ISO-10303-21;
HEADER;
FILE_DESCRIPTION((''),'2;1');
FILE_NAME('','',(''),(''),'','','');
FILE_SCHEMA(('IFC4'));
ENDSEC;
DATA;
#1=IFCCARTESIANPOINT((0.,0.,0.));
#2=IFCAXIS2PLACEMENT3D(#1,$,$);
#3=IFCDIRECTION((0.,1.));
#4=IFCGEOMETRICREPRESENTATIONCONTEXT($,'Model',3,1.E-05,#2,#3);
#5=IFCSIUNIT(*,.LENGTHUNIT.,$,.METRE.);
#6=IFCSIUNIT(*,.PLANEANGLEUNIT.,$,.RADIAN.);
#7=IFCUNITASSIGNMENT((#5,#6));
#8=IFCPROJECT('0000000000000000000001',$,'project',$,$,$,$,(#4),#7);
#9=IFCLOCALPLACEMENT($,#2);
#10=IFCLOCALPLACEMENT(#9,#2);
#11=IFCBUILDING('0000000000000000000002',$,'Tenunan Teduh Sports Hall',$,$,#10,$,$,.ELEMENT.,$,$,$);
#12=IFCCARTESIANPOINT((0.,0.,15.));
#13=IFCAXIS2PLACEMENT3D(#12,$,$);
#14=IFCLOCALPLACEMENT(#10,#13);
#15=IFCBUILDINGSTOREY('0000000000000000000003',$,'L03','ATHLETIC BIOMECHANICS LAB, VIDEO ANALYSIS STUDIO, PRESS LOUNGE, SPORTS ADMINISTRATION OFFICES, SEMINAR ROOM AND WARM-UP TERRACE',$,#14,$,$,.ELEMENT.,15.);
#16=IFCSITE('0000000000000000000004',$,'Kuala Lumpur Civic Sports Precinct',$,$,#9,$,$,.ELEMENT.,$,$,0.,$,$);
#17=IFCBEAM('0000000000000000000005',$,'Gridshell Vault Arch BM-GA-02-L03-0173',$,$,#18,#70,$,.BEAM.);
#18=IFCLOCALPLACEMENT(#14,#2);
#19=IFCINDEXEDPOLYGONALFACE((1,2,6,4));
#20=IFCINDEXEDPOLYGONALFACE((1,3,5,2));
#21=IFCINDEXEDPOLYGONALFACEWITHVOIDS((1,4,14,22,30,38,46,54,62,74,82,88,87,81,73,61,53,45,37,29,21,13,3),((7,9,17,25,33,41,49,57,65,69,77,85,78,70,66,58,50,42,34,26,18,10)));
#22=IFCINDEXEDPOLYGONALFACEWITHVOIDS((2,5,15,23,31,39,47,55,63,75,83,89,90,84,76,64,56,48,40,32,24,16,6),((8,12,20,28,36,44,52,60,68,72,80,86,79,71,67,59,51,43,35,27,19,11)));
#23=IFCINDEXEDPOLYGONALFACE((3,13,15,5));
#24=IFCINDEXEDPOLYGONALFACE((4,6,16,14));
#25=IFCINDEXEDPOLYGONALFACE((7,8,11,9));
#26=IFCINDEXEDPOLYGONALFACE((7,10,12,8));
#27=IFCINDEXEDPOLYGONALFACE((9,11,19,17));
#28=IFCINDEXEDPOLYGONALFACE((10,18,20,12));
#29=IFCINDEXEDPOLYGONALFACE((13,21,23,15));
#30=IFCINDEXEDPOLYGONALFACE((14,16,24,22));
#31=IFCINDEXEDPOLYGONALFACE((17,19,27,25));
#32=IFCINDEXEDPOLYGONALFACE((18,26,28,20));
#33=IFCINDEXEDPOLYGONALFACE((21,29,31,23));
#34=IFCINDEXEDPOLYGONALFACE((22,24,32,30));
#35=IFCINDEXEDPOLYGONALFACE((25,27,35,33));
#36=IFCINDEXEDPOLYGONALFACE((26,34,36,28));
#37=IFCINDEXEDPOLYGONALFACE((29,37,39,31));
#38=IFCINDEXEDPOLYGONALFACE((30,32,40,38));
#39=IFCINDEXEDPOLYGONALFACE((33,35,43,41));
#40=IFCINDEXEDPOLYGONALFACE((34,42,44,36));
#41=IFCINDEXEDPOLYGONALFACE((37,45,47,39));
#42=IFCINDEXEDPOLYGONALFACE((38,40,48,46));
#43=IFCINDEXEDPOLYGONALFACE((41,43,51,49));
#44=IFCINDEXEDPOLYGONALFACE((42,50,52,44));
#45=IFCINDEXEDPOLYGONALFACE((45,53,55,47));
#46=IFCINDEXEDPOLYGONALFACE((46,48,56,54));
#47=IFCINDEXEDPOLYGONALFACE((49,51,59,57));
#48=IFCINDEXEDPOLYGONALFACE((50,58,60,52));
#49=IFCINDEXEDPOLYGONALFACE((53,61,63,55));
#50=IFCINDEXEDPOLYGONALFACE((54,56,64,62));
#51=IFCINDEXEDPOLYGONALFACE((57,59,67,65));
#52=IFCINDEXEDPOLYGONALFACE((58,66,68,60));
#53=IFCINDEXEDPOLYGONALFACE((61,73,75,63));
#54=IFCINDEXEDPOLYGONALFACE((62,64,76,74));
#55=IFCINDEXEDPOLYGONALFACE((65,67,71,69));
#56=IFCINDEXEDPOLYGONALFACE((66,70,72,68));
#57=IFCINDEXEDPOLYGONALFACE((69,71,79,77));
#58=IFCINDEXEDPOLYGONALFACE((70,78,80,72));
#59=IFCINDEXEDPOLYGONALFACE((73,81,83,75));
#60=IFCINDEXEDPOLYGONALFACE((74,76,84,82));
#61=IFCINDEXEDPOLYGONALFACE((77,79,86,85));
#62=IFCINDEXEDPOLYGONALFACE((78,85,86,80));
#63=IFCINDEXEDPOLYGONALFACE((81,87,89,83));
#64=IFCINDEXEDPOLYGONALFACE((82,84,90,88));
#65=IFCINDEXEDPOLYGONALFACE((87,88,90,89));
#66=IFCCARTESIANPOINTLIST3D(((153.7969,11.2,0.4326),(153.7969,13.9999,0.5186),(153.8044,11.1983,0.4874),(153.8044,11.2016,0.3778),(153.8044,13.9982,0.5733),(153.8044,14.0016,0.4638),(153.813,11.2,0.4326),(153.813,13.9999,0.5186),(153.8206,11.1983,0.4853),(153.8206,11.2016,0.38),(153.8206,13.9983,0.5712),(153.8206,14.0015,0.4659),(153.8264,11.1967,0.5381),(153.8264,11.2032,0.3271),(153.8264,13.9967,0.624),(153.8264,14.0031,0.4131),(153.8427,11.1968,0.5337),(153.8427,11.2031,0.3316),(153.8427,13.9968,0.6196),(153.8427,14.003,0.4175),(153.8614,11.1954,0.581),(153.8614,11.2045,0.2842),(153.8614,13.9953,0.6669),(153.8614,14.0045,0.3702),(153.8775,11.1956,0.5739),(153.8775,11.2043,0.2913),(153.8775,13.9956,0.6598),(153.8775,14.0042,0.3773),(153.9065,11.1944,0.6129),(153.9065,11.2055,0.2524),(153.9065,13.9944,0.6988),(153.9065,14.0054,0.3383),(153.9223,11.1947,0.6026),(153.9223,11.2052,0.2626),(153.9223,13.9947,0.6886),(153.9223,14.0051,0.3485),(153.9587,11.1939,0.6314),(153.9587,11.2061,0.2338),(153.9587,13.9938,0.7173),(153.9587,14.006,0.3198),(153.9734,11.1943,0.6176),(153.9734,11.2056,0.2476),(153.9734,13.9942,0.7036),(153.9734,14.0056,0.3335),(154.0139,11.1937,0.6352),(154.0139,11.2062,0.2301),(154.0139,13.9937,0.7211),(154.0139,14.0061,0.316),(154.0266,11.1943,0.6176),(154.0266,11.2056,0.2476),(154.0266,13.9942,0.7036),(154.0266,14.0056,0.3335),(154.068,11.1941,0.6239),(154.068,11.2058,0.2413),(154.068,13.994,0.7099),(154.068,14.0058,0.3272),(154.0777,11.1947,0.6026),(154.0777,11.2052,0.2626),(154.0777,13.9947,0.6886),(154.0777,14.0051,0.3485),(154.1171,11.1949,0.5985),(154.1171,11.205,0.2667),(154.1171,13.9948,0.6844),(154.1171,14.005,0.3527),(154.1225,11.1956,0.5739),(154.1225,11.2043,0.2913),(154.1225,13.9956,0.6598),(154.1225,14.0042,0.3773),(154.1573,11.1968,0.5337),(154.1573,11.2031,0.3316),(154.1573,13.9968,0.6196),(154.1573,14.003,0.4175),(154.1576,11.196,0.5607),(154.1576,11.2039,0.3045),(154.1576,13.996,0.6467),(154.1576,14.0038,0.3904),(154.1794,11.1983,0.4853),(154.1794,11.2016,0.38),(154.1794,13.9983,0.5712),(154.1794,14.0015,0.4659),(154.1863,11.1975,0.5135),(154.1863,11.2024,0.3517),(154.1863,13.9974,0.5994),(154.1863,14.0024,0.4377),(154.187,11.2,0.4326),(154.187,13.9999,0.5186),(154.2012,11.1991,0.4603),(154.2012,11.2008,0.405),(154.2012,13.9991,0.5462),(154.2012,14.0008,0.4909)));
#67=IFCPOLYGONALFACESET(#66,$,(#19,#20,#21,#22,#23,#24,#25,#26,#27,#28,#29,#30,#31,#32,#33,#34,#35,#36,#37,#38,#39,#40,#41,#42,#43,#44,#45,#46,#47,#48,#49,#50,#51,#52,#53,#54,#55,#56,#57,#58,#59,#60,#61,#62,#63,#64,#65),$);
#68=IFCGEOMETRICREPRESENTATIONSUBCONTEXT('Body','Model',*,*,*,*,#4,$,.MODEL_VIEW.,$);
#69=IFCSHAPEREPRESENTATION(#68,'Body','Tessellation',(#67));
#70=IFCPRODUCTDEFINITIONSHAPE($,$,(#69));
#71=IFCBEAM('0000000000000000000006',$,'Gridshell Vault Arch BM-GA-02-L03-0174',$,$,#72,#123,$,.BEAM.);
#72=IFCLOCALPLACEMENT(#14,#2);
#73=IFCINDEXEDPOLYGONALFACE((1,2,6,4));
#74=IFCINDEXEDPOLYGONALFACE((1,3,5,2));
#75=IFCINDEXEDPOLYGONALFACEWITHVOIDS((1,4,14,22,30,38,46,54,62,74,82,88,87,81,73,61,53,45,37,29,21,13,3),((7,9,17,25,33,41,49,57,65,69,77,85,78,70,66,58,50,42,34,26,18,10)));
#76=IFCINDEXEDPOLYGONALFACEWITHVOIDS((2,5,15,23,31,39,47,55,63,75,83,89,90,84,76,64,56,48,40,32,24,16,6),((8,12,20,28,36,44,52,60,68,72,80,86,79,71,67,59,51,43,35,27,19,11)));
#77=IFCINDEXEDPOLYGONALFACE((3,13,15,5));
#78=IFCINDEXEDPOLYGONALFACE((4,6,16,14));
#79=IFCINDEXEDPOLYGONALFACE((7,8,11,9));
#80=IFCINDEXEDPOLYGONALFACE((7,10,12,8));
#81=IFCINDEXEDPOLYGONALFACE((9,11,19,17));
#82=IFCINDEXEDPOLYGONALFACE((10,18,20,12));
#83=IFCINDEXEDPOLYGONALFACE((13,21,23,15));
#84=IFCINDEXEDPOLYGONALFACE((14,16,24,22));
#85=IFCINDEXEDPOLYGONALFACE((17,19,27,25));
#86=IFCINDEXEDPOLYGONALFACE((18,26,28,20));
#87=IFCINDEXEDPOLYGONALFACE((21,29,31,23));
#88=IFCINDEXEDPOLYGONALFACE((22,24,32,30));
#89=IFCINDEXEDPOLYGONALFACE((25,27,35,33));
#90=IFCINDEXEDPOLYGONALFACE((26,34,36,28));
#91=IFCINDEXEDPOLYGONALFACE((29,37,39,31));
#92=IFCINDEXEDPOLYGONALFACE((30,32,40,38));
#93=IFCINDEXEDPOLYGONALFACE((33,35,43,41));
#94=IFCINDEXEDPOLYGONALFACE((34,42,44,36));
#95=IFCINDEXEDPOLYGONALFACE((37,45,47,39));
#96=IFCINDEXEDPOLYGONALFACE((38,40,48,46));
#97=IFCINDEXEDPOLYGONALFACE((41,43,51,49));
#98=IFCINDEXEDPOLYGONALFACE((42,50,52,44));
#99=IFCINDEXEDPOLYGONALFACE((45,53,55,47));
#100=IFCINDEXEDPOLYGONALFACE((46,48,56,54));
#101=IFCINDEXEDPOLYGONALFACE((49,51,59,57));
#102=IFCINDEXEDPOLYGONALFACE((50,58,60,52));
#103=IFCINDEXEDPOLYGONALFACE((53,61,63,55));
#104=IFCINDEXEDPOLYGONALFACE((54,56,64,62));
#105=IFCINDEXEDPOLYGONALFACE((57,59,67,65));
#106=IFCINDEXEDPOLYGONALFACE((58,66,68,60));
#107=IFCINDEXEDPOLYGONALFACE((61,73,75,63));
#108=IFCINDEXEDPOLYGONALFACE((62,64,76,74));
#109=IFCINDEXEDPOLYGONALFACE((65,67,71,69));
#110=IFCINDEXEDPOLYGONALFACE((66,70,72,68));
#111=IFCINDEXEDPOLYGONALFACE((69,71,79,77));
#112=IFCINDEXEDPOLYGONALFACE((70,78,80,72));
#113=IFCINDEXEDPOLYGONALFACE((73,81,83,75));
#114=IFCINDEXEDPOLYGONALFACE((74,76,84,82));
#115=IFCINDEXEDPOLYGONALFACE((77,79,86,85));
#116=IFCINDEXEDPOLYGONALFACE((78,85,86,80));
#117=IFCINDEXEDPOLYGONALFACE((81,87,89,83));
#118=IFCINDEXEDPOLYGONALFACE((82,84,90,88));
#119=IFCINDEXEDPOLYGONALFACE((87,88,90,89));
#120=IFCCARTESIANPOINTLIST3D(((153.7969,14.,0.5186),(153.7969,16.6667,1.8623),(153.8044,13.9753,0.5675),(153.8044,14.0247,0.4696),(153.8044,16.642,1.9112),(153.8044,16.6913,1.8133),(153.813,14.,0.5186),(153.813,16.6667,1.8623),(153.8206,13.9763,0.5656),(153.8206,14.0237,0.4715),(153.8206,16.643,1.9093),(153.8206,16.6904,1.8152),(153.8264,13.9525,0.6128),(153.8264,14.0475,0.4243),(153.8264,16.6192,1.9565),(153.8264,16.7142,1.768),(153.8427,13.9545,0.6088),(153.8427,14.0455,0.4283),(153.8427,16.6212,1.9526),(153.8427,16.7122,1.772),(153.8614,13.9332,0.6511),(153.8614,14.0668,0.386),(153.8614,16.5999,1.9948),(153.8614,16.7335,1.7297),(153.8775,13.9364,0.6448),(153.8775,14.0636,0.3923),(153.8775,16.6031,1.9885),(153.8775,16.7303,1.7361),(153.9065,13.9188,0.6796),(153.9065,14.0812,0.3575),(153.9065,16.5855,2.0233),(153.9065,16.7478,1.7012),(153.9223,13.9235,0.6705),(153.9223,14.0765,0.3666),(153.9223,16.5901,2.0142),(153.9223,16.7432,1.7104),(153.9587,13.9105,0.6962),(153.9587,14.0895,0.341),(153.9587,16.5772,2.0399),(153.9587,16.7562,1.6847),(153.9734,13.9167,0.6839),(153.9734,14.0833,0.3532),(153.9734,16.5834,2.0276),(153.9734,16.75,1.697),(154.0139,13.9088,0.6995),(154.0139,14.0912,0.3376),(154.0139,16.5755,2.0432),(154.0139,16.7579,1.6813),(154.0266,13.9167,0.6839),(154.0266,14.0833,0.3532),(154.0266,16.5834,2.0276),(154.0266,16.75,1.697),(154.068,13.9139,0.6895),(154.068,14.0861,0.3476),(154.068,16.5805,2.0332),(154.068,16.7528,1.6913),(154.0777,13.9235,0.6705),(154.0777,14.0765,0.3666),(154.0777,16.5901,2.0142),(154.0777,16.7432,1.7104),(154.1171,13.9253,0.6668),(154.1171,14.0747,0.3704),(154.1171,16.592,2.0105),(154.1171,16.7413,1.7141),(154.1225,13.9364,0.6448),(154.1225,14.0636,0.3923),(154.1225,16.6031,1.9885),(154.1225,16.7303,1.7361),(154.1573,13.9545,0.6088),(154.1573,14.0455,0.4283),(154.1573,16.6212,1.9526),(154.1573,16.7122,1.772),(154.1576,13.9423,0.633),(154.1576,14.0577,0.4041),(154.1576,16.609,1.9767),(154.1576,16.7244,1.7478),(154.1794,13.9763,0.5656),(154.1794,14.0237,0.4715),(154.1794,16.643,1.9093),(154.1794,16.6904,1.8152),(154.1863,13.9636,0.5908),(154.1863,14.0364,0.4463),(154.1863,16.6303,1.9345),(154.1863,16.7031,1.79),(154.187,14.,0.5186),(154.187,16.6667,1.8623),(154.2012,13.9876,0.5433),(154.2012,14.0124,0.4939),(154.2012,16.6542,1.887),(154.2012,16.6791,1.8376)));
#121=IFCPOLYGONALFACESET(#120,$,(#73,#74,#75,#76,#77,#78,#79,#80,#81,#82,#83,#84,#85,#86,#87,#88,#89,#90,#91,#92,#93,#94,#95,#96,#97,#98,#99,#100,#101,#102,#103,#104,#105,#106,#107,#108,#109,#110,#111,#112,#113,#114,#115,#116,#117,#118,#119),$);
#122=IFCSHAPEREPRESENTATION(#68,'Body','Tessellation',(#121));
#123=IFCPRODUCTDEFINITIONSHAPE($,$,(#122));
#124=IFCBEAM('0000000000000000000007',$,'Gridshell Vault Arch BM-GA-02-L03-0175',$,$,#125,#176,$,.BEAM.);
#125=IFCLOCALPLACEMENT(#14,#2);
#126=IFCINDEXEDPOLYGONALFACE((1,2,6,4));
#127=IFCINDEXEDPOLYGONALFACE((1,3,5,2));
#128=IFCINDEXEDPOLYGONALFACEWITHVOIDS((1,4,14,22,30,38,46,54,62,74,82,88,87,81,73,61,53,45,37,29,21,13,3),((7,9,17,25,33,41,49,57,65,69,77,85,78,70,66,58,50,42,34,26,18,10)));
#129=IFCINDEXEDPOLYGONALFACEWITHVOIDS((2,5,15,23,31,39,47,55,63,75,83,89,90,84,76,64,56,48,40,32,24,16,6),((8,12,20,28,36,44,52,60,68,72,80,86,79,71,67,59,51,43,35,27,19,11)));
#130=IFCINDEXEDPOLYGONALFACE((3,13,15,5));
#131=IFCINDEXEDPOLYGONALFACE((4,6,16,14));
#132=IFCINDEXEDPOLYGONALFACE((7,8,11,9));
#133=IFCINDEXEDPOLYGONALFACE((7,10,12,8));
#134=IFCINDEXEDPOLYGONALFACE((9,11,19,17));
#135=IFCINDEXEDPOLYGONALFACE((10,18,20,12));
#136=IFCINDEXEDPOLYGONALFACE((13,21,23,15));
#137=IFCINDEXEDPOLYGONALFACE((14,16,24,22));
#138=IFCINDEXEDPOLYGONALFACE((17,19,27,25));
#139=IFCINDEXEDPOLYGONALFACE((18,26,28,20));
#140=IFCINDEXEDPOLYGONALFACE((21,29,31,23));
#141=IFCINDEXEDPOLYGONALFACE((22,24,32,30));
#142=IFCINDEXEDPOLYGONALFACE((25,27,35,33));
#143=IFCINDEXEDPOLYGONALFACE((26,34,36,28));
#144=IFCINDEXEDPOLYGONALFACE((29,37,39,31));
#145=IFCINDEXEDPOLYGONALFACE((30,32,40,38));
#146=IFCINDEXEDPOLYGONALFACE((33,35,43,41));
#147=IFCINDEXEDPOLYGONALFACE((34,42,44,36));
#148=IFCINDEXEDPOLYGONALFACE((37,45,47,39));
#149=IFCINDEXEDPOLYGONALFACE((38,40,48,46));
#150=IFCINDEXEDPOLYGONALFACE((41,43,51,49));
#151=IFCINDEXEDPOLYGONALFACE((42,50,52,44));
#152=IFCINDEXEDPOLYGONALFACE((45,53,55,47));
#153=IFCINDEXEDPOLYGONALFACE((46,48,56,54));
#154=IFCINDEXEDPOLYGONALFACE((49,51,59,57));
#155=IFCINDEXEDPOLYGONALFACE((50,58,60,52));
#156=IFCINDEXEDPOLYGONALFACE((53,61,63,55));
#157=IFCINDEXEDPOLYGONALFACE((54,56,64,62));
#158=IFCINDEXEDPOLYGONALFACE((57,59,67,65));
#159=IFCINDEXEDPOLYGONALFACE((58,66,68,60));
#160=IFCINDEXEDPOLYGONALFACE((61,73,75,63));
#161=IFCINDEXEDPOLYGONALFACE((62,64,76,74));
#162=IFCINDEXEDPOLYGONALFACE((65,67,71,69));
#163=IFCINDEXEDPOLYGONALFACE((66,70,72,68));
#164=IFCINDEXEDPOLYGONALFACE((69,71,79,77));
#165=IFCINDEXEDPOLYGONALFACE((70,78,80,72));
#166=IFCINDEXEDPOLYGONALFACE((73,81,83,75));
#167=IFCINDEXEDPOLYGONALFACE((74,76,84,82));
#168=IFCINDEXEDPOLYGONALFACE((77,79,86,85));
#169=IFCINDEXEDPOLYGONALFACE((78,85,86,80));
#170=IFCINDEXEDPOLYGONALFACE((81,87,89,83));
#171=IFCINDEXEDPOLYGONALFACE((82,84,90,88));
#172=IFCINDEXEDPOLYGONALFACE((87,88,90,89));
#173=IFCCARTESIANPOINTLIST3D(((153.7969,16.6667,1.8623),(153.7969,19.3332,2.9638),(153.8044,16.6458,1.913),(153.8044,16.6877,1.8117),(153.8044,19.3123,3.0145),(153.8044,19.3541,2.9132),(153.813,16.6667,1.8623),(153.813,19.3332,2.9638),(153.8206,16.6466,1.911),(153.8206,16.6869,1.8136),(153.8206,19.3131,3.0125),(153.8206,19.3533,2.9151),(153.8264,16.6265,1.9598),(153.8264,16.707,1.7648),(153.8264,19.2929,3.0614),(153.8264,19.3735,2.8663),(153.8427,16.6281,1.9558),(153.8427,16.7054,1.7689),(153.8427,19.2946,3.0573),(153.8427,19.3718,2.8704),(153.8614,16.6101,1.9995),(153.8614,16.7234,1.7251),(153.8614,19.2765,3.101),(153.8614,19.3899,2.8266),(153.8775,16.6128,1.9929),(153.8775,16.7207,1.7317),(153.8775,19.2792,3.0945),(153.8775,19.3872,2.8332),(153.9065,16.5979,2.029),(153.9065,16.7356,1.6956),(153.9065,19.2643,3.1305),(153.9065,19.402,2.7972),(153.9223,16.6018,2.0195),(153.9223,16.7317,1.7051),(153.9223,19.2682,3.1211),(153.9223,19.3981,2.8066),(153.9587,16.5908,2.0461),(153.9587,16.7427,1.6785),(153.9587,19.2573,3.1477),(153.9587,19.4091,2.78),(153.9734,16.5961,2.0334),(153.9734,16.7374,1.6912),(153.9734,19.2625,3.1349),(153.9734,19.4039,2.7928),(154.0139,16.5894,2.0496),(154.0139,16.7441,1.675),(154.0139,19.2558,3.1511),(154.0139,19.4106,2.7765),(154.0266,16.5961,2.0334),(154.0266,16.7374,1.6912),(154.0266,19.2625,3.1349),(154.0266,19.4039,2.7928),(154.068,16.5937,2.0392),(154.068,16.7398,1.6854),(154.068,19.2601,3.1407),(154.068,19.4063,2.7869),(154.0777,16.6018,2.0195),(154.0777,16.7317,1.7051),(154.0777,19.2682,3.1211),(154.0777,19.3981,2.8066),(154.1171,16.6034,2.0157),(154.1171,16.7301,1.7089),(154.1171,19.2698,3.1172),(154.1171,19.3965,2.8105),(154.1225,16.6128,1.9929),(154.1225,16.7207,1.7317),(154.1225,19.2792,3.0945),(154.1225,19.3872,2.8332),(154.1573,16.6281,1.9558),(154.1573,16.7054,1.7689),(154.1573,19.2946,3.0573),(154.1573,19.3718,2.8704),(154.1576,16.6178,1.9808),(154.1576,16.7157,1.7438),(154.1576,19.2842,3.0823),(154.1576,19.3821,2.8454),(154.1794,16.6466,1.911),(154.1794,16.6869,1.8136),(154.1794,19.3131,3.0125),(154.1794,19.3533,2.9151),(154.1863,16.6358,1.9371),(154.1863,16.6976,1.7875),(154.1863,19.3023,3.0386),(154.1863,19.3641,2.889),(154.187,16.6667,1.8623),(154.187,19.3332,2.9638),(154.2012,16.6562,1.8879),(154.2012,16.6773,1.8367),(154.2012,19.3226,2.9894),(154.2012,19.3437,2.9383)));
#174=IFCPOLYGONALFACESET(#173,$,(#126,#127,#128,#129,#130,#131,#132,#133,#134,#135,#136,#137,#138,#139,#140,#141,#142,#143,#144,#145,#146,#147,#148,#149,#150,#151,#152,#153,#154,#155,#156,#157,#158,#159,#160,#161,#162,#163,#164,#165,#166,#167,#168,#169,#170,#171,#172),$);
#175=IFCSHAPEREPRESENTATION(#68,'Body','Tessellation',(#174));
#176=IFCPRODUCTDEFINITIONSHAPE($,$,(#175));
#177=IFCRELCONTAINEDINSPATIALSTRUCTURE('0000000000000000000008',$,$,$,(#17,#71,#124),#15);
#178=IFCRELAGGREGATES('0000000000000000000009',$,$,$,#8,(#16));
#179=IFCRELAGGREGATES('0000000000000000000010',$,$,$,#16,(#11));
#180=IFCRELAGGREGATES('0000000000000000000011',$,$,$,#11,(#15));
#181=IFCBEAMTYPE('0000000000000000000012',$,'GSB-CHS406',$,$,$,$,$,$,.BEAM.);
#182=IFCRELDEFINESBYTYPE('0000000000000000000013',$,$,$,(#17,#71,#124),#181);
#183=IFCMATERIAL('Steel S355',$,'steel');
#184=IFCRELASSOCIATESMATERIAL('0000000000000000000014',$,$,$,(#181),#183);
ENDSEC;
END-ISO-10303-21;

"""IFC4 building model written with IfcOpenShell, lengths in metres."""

from ifc_helpers import new_model, si_unit, direction, frame, origin, origin_2d, place, context, subcontext, project, spatial, hollow_circle, extrude, material, material_profile, profile_set, type_object, element, save


model = new_model("IFC4")

# Units and contexts
model_context = context("Model", 3, precision=1e-05, world=origin(), true_north=direction((0.0, 1.0)))
body_context = subcontext(model_context, "Body", "Model", "MODEL_VIEW")
ifc_project = project(units=[si_unit("LENGTHUNIT", "METRE"), si_unit("PLANEANGLEUNIT", "RADIAN")], contexts=[model_context])

# Site, building, storey
site_placement = place(None, origin())
site = spatial("IfcSite", under=ifc_project, at=site_placement, Name="Kuala Lumpur Civic Sports Precinct", CompositionType="ELEMENT", RefElevation=0.0)
building_placement = place(site_placement, origin())
building = spatial("IfcBuilding", under=site, at=building_placement, Name="Tenunan Teduh Sports Hall", CompositionType="ELEMENT")
storey_placement = place(building_placement, frame((0.0, 0.0, 15.0)))
storey = spatial("IfcBuildingStorey", under=building, at=storey_placement, Name="L03", Description="ATHLETIC BIOMECHANICS LAB, VIDEO ANALYSIS STUDIO, PRESS LOUNGE, SPORTS ADMINISTRATION OFFICES, SEMINAR ROOM AND WARM-UP TERRACE", CompositionType="ELEMENT", Elevation=15.0)

# Beams
ifc_material_1 = material(Name="Steel S355", Category="steel")
ifc_material_profile_1 = material_profile(ifc_material_1, hollow_circle(Radius=0.2031, WallThickness=0.0161, at=origin_2d()), Name="CHS 406.4x16.0")
ifc_profile_set_1 = profile_set([ifc_material_profile_1], Name="Steel S355")
beam_type_1 = type_object("IfcBeamType", Name="GSB-CHS406", PredefinedType="BEAM", material=ifc_profile_set_1)
beam_1_placement = place(storey_placement, frame((154.0, 11.2, 0.4326), z_axis=(0.0, 0.999529, 0.030677), x_axis=(-1.0, 0.0, 0.0)))
element("IfcBeam", 1, at=beam_1_placement, inside=storey, type_object=beam_type_1, Name="Gridshell Vault Arch BM-GA-02-L03-0173", PredefinedType="BEAM", context=body_context, shape_type="SweptSolid", body=[
    extrude(hollow_circle(Radius=0.2031, WallThickness=0.0161, at=origin_2d()), origin(), (0.0, 0.0, 1.0), 2.8013),
])
beam_2_placement = place(storey_placement, frame((154.0, 14.0, 0.5186), z_axis=(0.0, 0.893033, 0.449991), x_axis=(-1.0, 0.0, 0.0)))
element("IfcBeam", 2, at=beam_2_placement, inside=storey, type_object=beam_type_1, Name="Gridshell Vault Arch BM-GA-02-L03-0174", PredefinedType="BEAM", context=body_context, shape_type="SweptSolid", body=[
    extrude(hollow_circle(Radius=0.2031, WallThickness=0.0161, at=origin_2d()), origin(), (0.0, 0.0, 1.0), 2.9861),
])
beam_3_placement = place(storey_placement, frame((154.0, 16.6667, 1.8623), z_axis=(0.0, 0.924239, 0.381814), x_axis=(-1.0, 0.0, 0.0)))
element("IfcBeam", 3, at=beam_3_placement, inside=storey, type_object=beam_type_1, Name="Gridshell Vault Arch BM-GA-02-L03-0175", PredefinedType="BEAM", context=body_context, shape_type="SweptSolid", body=[
    extrude(hollow_circle(Radius=0.2031, WallThickness=0.0161, at=origin_2d()), origin(), (0.0, 0.0, 1.0), 2.885),
])

save(model, "model.ifc")
